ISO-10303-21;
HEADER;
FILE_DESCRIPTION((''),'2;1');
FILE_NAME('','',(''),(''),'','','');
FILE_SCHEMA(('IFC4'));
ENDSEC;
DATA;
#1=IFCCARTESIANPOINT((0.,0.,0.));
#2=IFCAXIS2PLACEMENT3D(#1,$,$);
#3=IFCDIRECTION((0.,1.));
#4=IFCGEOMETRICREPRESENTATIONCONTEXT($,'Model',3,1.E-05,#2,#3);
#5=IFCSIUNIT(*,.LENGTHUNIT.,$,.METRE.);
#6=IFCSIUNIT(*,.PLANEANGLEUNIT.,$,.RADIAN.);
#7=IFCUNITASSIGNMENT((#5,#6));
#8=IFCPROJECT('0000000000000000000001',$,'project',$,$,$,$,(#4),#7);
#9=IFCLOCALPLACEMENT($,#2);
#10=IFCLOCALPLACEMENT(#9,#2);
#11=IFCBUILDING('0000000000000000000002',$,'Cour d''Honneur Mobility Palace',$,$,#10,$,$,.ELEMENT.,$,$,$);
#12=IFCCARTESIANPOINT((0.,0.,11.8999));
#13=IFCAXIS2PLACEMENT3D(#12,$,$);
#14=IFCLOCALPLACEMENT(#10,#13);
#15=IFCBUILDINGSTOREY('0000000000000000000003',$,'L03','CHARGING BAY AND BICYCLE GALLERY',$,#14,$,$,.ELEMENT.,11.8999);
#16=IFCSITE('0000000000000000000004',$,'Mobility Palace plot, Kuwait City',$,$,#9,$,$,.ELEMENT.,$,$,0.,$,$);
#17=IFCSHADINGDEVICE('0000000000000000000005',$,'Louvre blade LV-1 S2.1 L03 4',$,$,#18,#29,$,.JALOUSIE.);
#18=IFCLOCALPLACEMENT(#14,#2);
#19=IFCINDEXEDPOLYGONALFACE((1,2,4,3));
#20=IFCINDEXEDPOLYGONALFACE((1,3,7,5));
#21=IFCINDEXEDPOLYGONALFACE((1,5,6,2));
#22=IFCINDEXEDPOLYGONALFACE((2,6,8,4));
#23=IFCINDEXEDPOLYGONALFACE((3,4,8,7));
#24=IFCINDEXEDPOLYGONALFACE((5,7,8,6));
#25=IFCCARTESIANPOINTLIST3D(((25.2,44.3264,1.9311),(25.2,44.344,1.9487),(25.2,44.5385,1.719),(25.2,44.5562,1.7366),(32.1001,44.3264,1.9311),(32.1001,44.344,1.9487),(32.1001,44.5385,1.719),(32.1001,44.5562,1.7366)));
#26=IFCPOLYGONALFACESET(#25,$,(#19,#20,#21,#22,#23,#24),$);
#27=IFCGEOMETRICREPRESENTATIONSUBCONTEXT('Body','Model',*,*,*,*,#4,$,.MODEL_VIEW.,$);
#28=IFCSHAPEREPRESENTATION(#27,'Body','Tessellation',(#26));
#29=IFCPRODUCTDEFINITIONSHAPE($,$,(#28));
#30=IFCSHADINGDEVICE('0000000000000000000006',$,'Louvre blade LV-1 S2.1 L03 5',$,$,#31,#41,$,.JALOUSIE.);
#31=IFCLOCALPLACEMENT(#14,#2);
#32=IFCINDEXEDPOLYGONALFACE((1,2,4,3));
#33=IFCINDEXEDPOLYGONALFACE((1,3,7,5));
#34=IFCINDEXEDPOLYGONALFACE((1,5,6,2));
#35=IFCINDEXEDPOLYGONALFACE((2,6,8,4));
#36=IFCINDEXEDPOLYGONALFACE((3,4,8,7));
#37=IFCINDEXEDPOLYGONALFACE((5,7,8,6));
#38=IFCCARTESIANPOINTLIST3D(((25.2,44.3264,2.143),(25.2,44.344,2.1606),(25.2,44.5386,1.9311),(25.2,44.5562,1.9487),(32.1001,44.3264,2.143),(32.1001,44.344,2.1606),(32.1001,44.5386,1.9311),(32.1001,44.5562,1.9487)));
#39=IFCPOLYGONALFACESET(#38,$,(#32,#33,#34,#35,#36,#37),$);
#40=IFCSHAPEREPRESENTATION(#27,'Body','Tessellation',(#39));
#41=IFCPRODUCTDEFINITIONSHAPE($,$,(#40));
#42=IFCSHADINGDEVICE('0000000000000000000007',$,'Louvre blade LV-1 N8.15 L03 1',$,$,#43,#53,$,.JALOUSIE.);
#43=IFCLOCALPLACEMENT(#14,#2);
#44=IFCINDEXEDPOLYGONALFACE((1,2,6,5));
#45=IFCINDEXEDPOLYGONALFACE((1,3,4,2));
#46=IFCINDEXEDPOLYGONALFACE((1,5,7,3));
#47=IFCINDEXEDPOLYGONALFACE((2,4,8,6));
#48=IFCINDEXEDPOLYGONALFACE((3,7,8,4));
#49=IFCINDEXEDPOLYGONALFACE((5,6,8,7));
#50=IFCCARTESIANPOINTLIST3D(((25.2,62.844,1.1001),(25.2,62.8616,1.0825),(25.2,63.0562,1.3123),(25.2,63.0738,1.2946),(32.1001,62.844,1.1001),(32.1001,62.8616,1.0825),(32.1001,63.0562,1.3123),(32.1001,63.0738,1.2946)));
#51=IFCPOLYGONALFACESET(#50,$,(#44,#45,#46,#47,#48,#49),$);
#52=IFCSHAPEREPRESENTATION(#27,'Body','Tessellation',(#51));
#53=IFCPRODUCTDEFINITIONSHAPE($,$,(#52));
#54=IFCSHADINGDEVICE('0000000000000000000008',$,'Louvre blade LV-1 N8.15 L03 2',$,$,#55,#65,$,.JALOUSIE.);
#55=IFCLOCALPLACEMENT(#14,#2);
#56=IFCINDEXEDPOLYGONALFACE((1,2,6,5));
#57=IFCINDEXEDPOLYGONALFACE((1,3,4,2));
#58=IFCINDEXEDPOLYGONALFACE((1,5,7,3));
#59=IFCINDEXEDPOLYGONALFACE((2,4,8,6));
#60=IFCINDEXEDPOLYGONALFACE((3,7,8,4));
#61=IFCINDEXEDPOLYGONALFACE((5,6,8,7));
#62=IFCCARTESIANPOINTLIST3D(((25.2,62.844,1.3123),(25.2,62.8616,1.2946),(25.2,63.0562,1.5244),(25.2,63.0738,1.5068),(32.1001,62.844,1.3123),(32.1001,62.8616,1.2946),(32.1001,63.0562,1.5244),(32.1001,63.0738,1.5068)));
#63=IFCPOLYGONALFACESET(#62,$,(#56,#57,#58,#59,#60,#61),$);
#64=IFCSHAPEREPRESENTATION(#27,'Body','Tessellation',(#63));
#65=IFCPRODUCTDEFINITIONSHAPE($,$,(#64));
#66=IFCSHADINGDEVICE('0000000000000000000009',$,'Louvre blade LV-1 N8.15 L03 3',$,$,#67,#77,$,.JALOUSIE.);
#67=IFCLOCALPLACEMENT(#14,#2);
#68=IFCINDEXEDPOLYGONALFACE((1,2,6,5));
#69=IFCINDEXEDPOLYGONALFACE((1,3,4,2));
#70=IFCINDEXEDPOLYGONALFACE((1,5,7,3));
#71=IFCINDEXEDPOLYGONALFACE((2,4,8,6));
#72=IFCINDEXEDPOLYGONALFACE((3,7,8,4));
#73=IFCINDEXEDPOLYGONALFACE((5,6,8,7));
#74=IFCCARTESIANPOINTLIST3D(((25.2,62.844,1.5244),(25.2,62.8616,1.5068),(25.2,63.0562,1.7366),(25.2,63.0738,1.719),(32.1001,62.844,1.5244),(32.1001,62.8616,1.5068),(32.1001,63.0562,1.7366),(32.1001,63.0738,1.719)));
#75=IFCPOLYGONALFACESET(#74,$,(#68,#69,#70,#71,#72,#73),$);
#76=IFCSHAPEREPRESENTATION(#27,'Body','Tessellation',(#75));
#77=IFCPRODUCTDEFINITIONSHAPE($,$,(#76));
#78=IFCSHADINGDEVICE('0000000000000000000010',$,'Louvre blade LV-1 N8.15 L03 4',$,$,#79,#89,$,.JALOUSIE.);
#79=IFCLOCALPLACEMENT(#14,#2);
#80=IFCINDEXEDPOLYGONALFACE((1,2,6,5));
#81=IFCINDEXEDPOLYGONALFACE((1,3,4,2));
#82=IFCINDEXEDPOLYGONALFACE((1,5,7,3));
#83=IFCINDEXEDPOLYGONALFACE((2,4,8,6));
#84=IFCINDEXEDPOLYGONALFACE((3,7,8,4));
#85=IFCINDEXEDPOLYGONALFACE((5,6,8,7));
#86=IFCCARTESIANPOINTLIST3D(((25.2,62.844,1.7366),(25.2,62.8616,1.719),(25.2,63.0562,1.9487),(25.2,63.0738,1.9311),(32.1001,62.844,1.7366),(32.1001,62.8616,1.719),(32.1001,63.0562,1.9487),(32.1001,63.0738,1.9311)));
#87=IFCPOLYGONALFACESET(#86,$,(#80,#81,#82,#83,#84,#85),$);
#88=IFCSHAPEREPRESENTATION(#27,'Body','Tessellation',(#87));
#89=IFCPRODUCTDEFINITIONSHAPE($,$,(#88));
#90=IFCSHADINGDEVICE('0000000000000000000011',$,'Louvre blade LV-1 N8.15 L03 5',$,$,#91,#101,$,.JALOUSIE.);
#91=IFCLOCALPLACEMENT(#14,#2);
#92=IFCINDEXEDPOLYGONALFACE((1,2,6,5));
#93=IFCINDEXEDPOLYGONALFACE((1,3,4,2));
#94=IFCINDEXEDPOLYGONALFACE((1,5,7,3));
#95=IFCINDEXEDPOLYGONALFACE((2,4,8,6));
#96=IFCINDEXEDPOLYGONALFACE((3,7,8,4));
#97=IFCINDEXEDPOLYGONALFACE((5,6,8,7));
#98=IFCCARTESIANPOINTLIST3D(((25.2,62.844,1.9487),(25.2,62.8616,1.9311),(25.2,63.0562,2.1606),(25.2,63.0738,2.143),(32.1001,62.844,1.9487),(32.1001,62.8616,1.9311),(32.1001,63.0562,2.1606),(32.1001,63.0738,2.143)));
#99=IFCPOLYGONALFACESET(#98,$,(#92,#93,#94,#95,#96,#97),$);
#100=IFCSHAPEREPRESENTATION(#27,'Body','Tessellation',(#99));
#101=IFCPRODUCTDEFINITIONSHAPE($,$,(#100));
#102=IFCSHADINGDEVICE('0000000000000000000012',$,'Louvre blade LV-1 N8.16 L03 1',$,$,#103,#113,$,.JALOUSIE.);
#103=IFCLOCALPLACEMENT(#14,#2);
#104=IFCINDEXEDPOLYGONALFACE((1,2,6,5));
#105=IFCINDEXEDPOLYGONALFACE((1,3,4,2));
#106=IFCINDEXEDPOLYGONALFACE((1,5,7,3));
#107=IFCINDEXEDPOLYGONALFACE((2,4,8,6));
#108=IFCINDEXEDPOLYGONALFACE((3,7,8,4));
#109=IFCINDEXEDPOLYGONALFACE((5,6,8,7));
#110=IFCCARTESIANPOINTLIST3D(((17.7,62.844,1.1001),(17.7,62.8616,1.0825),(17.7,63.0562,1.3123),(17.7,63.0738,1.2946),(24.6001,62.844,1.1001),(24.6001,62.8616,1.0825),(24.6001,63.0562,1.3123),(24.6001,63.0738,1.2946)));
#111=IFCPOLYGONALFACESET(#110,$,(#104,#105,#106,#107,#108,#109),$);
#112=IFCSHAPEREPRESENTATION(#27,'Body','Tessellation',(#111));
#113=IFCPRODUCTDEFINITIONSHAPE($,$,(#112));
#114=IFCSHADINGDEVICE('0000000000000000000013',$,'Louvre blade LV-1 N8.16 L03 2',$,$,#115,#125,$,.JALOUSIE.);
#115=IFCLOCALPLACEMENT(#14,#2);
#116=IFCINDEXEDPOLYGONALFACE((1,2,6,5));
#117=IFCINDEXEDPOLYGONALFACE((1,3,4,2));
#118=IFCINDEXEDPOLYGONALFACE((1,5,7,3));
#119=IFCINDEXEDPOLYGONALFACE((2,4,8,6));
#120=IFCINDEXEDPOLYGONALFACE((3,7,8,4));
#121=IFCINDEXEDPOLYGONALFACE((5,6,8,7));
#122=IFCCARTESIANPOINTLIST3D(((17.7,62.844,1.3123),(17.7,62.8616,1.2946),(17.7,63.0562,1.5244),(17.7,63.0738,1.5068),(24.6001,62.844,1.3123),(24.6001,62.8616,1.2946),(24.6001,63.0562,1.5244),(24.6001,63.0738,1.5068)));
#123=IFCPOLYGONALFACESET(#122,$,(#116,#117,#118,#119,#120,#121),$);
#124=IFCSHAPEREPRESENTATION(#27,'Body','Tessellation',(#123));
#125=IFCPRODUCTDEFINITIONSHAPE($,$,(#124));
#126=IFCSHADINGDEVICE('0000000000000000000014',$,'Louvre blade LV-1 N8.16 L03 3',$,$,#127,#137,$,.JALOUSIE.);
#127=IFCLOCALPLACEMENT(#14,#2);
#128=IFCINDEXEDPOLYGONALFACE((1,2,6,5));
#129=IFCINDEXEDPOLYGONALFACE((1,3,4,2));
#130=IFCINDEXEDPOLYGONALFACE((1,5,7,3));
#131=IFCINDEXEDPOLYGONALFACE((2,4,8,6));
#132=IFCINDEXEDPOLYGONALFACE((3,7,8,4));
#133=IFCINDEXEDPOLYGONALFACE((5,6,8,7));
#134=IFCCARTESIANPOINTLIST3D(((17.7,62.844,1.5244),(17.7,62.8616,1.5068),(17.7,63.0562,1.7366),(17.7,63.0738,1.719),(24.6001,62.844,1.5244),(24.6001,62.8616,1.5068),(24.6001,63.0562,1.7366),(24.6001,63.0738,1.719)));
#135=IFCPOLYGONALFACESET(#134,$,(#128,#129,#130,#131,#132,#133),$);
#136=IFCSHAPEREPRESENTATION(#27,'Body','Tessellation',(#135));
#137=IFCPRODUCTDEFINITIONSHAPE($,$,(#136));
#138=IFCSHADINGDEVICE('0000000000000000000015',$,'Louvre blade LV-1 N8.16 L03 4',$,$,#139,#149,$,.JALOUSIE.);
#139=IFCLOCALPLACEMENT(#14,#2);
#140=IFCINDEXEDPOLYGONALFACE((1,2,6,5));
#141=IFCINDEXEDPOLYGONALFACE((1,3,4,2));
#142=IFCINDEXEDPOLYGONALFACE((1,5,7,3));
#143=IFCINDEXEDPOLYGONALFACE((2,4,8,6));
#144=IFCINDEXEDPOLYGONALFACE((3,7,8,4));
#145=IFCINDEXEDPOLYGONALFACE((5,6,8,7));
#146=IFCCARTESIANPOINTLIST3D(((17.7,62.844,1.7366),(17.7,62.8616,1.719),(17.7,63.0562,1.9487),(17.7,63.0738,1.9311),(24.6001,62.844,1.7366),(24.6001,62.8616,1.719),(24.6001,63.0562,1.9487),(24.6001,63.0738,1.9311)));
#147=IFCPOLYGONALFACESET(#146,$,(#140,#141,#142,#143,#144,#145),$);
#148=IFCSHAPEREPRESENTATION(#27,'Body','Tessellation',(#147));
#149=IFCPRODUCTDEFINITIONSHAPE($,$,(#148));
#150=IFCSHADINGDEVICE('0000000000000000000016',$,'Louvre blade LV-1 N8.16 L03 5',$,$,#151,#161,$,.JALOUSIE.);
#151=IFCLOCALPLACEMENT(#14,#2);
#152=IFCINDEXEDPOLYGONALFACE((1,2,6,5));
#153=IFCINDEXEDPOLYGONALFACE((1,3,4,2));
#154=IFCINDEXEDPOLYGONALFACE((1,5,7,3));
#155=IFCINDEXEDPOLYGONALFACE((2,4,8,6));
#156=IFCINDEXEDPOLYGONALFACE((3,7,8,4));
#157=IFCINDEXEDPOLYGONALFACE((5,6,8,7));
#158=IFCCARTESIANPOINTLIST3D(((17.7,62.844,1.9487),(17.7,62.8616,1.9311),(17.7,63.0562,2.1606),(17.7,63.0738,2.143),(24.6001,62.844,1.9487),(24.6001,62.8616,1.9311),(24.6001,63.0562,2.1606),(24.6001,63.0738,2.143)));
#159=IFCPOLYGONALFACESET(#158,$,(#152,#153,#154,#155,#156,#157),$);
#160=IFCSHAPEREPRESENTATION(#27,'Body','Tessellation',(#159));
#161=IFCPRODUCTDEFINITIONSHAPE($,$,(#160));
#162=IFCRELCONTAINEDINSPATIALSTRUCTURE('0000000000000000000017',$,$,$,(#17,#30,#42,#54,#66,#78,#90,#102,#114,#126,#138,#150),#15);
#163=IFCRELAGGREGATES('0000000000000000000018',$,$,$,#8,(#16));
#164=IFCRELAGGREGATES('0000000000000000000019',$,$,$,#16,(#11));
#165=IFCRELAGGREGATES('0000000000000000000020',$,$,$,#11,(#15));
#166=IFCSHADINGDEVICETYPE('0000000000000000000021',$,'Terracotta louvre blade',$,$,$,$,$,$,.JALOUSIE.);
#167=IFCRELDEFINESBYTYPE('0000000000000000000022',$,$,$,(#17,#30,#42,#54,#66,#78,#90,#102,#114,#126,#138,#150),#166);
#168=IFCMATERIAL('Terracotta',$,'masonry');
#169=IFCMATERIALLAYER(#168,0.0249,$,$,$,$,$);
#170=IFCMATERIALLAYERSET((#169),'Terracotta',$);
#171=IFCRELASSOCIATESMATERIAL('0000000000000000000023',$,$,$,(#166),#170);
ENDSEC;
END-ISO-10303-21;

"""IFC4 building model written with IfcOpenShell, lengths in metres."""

from ifc_helpers import new_model, si_unit, direction, frame, origin, place, context, subcontext, project, spatial, polyline, outline, extrude, material, layer, layer_set, type_object, element, save


model = new_model("IFC4")

# Units and contexts
model_context = context("Model", 3, precision=1e-05, world=origin(), true_north=direction((0.0, 1.0)))
body_context = subcontext(model_context, "Body", "Model", "MODEL_VIEW")
ifc_project = project(units=[si_unit("LENGTHUNIT", "METRE"), si_unit("PLANEANGLEUNIT", "RADIAN")], contexts=[model_context])

# Site, building, storey
site_placement = place(None, origin())
site = spatial("IfcSite", under=ifc_project, at=site_placement, Name="Mobility Palace plot, Kuwait City", CompositionType="ELEMENT", RefElevation=0.0)
building_placement = place(site_placement, origin())
building = spatial("IfcBuilding", under=site, at=building_placement, Name="Cour d'Honneur Mobility Palace", CompositionType="ELEMENT")
storey_placement = place(building_placement, frame((0.0, 0.0, 11.8999)))
storey = spatial("IfcBuildingStorey", under=building, at=storey_placement, Name="L03", Description="CHARGING BAY AND BICYCLE GALLERY", CompositionType="ELEMENT", Elevation=11.8999)

# Shading devices
ifc_material_1 = material(Name="Terracotta", Category="masonry")
ifc_layer_1 = layer(ifc_material_1, 0.0249)
ifc_layer_set_1 = layer_set([ifc_layer_1], Name="Terracotta")
shading_device_type = type_object("IfcShadingDeviceType", Name="Terracotta louvre blade", PredefinedType="JALOUSIE", material=ifc_layer_set_1)
for number, where, z_axis, x_axis, name in (
    (1, (25.2, 44.5562, 1.7366), (0.0, 0.707107, 0.707107), (1.0, 0.0, 0.0), "Louvre blade LV-1 S2.1 L03 4"),
):
    element("IfcShadingDevice", number, at=place(storey_placement, frame(where, z_axis=z_axis, x_axis=x_axis)), inside=storey, type_object=shading_device_type, Name=name, PredefinedType="JALOUSIE", context=body_context, shape_type="SweptSolid", body=[
        extrude(outline(polyline([(0.0, 0.0), (6.9001, 0.0), (6.9001, -0.3), (0.0, -0.3), (0.0, 0.0)])), origin(), (0.0, 0.0, -1.0), 0.0249),
    ])
shading_device_1_placement = place(storey_placement, frame((25.2, 44.5562, 1.9487), z_axis=(0.0, 0.7067, 0.707514), x_axis=(1.0, 0.0, 0.0)))
element("IfcShadingDevice", 2, at=shading_device_1_placement, inside=storey, type_object=shading_device_type, Name="Louvre blade LV-1 S2.1 L03 5", PredefinedType="JALOUSIE", context=body_context, shape_type="SweptSolid", body=[
    extrude(outline(polyline([(0.0, 0.0), (6.9001, 0.0), (6.9001, -0.2999), (0.0, -0.2999), (0.0, 0.0)])), origin(), (0.0, 0.0, -1.0), 0.0249),
])
for number, where, z_axis, x_axis, name in (
    (3, (32.1001, 62.844, 1.1001), (0.0, -0.707107, 0.707107), (-1.0, 0.0, 0.0), "Louvre blade LV-1 N8.15 L03 1"),
    (4, (32.1001, 62.844, 1.3123), (0.0, -0.707107, 0.707107), (-1.0, 0.0, 0.0), "Louvre blade LV-1 N8.15 L03 2"),
    (5, (32.1001, 62.844, 1.5244), (0.0, -0.707107, 0.707107), (-1.0, 0.0, 0.0), "Louvre blade LV-1 N8.15 L03 3"),
    (6, (32.1001, 62.844, 1.7366), (0.0, -0.707107, 0.707107), (-1.0, 0.0, 0.0), "Louvre blade LV-1 N8.15 L03 4"),
):
    element("IfcShadingDevice", number, at=place(storey_placement, frame(where, z_axis=z_axis, x_axis=x_axis)), inside=storey, type_object=shading_device_type, Name=name, PredefinedType="JALOUSIE", context=body_context, shape_type="SweptSolid", body=[
        extrude(outline(polyline([(0.0, 0.0), (6.9001, 0.0), (6.9001, -0.3), (0.0, -0.3), (0.0, 0.0)])), origin(), (0.0, 0.0, -1.0), 0.0249),
    ])
shading_device_2_placement = place(storey_placement, frame((32.1001, 62.844, 1.9487), z_axis=(0.0, -0.7067, 0.707514), x_axis=(-1.0, 0.0, 0.0)))
element("IfcShadingDevice", 7, at=shading_device_2_placement, inside=storey, type_object=shading_device_type, Name="Louvre blade LV-1 N8.15 L03 5", PredefinedType="JALOUSIE", context=body_context, shape_type="SweptSolid", body=[
    extrude(outline(polyline([(0.0, 0.0), (6.9001, 0.0), (6.9001, -0.2999), (0.0, -0.2999), (0.0, 0.0)])), origin(), (0.0, 0.0, -1.0), 0.0249),
])
for number, where, z_axis, x_axis, name in (
    (8, (24.6001, 62.844, 1.1001), (0.0, -0.707107, 0.707107), (-1.0, 0.0, 0.0), "Louvre blade LV-1 N8.16 L03 1"),
    (9, (24.6001, 62.844, 1.3123), (0.0, -0.707107, 0.707107), (-1.0, 0.0, 0.0), "Louvre blade LV-1 N8.16 L03 2"),
    (10, (24.6001, 62.844, 1.5244), (0.0, -0.707107, 0.707107), (-1.0, 0.0, 0.0), "Louvre blade LV-1 N8.16 L03 3"),
    (11, (24.6001, 62.844, 1.7366), (0.0, -0.707107, 0.707107), (-1.0, 0.0, 0.0), "Louvre blade LV-1 N8.16 L03 4"),
):
    element("IfcShadingDevice", number, at=place(storey_placement, frame(where, z_axis=z_axis, x_axis=x_axis)), inside=storey, type_object=shading_device_type, Name=name, PredefinedType="JALOUSIE", context=body_context, shape_type="SweptSolid", body=[
        extrude(outline(polyline([(0.0, 0.0), (6.9001, 0.0), (6.9001, -0.3), (0.0, -0.3), (0.0, 0.0)])), origin(), (0.0, 0.0, -1.0), 0.0249),
    ])
shading_device_3_placement = place(storey_placement, frame((24.6001, 62.844, 1.9487), z_axis=(0.0, -0.7067, 0.707514), x_axis=(-1.0, 0.0, 0.0)))
element("IfcShadingDevice", 12, at=shading_device_3_placement, inside=storey, type_object=shading_device_type, Name="Louvre blade LV-1 N8.16 L03 5", PredefinedType="JALOUSIE", context=body_context, shape_type="SweptSolid", body=[
    extrude(outline(polyline([(0.0, 0.0), (6.9001, 0.0), (6.9001, -0.2999), (0.0, -0.2999), (0.0, 0.0)])), origin(), (0.0, 0.0, -1.0), 0.0249),
])

save(model, "model.ifc")
